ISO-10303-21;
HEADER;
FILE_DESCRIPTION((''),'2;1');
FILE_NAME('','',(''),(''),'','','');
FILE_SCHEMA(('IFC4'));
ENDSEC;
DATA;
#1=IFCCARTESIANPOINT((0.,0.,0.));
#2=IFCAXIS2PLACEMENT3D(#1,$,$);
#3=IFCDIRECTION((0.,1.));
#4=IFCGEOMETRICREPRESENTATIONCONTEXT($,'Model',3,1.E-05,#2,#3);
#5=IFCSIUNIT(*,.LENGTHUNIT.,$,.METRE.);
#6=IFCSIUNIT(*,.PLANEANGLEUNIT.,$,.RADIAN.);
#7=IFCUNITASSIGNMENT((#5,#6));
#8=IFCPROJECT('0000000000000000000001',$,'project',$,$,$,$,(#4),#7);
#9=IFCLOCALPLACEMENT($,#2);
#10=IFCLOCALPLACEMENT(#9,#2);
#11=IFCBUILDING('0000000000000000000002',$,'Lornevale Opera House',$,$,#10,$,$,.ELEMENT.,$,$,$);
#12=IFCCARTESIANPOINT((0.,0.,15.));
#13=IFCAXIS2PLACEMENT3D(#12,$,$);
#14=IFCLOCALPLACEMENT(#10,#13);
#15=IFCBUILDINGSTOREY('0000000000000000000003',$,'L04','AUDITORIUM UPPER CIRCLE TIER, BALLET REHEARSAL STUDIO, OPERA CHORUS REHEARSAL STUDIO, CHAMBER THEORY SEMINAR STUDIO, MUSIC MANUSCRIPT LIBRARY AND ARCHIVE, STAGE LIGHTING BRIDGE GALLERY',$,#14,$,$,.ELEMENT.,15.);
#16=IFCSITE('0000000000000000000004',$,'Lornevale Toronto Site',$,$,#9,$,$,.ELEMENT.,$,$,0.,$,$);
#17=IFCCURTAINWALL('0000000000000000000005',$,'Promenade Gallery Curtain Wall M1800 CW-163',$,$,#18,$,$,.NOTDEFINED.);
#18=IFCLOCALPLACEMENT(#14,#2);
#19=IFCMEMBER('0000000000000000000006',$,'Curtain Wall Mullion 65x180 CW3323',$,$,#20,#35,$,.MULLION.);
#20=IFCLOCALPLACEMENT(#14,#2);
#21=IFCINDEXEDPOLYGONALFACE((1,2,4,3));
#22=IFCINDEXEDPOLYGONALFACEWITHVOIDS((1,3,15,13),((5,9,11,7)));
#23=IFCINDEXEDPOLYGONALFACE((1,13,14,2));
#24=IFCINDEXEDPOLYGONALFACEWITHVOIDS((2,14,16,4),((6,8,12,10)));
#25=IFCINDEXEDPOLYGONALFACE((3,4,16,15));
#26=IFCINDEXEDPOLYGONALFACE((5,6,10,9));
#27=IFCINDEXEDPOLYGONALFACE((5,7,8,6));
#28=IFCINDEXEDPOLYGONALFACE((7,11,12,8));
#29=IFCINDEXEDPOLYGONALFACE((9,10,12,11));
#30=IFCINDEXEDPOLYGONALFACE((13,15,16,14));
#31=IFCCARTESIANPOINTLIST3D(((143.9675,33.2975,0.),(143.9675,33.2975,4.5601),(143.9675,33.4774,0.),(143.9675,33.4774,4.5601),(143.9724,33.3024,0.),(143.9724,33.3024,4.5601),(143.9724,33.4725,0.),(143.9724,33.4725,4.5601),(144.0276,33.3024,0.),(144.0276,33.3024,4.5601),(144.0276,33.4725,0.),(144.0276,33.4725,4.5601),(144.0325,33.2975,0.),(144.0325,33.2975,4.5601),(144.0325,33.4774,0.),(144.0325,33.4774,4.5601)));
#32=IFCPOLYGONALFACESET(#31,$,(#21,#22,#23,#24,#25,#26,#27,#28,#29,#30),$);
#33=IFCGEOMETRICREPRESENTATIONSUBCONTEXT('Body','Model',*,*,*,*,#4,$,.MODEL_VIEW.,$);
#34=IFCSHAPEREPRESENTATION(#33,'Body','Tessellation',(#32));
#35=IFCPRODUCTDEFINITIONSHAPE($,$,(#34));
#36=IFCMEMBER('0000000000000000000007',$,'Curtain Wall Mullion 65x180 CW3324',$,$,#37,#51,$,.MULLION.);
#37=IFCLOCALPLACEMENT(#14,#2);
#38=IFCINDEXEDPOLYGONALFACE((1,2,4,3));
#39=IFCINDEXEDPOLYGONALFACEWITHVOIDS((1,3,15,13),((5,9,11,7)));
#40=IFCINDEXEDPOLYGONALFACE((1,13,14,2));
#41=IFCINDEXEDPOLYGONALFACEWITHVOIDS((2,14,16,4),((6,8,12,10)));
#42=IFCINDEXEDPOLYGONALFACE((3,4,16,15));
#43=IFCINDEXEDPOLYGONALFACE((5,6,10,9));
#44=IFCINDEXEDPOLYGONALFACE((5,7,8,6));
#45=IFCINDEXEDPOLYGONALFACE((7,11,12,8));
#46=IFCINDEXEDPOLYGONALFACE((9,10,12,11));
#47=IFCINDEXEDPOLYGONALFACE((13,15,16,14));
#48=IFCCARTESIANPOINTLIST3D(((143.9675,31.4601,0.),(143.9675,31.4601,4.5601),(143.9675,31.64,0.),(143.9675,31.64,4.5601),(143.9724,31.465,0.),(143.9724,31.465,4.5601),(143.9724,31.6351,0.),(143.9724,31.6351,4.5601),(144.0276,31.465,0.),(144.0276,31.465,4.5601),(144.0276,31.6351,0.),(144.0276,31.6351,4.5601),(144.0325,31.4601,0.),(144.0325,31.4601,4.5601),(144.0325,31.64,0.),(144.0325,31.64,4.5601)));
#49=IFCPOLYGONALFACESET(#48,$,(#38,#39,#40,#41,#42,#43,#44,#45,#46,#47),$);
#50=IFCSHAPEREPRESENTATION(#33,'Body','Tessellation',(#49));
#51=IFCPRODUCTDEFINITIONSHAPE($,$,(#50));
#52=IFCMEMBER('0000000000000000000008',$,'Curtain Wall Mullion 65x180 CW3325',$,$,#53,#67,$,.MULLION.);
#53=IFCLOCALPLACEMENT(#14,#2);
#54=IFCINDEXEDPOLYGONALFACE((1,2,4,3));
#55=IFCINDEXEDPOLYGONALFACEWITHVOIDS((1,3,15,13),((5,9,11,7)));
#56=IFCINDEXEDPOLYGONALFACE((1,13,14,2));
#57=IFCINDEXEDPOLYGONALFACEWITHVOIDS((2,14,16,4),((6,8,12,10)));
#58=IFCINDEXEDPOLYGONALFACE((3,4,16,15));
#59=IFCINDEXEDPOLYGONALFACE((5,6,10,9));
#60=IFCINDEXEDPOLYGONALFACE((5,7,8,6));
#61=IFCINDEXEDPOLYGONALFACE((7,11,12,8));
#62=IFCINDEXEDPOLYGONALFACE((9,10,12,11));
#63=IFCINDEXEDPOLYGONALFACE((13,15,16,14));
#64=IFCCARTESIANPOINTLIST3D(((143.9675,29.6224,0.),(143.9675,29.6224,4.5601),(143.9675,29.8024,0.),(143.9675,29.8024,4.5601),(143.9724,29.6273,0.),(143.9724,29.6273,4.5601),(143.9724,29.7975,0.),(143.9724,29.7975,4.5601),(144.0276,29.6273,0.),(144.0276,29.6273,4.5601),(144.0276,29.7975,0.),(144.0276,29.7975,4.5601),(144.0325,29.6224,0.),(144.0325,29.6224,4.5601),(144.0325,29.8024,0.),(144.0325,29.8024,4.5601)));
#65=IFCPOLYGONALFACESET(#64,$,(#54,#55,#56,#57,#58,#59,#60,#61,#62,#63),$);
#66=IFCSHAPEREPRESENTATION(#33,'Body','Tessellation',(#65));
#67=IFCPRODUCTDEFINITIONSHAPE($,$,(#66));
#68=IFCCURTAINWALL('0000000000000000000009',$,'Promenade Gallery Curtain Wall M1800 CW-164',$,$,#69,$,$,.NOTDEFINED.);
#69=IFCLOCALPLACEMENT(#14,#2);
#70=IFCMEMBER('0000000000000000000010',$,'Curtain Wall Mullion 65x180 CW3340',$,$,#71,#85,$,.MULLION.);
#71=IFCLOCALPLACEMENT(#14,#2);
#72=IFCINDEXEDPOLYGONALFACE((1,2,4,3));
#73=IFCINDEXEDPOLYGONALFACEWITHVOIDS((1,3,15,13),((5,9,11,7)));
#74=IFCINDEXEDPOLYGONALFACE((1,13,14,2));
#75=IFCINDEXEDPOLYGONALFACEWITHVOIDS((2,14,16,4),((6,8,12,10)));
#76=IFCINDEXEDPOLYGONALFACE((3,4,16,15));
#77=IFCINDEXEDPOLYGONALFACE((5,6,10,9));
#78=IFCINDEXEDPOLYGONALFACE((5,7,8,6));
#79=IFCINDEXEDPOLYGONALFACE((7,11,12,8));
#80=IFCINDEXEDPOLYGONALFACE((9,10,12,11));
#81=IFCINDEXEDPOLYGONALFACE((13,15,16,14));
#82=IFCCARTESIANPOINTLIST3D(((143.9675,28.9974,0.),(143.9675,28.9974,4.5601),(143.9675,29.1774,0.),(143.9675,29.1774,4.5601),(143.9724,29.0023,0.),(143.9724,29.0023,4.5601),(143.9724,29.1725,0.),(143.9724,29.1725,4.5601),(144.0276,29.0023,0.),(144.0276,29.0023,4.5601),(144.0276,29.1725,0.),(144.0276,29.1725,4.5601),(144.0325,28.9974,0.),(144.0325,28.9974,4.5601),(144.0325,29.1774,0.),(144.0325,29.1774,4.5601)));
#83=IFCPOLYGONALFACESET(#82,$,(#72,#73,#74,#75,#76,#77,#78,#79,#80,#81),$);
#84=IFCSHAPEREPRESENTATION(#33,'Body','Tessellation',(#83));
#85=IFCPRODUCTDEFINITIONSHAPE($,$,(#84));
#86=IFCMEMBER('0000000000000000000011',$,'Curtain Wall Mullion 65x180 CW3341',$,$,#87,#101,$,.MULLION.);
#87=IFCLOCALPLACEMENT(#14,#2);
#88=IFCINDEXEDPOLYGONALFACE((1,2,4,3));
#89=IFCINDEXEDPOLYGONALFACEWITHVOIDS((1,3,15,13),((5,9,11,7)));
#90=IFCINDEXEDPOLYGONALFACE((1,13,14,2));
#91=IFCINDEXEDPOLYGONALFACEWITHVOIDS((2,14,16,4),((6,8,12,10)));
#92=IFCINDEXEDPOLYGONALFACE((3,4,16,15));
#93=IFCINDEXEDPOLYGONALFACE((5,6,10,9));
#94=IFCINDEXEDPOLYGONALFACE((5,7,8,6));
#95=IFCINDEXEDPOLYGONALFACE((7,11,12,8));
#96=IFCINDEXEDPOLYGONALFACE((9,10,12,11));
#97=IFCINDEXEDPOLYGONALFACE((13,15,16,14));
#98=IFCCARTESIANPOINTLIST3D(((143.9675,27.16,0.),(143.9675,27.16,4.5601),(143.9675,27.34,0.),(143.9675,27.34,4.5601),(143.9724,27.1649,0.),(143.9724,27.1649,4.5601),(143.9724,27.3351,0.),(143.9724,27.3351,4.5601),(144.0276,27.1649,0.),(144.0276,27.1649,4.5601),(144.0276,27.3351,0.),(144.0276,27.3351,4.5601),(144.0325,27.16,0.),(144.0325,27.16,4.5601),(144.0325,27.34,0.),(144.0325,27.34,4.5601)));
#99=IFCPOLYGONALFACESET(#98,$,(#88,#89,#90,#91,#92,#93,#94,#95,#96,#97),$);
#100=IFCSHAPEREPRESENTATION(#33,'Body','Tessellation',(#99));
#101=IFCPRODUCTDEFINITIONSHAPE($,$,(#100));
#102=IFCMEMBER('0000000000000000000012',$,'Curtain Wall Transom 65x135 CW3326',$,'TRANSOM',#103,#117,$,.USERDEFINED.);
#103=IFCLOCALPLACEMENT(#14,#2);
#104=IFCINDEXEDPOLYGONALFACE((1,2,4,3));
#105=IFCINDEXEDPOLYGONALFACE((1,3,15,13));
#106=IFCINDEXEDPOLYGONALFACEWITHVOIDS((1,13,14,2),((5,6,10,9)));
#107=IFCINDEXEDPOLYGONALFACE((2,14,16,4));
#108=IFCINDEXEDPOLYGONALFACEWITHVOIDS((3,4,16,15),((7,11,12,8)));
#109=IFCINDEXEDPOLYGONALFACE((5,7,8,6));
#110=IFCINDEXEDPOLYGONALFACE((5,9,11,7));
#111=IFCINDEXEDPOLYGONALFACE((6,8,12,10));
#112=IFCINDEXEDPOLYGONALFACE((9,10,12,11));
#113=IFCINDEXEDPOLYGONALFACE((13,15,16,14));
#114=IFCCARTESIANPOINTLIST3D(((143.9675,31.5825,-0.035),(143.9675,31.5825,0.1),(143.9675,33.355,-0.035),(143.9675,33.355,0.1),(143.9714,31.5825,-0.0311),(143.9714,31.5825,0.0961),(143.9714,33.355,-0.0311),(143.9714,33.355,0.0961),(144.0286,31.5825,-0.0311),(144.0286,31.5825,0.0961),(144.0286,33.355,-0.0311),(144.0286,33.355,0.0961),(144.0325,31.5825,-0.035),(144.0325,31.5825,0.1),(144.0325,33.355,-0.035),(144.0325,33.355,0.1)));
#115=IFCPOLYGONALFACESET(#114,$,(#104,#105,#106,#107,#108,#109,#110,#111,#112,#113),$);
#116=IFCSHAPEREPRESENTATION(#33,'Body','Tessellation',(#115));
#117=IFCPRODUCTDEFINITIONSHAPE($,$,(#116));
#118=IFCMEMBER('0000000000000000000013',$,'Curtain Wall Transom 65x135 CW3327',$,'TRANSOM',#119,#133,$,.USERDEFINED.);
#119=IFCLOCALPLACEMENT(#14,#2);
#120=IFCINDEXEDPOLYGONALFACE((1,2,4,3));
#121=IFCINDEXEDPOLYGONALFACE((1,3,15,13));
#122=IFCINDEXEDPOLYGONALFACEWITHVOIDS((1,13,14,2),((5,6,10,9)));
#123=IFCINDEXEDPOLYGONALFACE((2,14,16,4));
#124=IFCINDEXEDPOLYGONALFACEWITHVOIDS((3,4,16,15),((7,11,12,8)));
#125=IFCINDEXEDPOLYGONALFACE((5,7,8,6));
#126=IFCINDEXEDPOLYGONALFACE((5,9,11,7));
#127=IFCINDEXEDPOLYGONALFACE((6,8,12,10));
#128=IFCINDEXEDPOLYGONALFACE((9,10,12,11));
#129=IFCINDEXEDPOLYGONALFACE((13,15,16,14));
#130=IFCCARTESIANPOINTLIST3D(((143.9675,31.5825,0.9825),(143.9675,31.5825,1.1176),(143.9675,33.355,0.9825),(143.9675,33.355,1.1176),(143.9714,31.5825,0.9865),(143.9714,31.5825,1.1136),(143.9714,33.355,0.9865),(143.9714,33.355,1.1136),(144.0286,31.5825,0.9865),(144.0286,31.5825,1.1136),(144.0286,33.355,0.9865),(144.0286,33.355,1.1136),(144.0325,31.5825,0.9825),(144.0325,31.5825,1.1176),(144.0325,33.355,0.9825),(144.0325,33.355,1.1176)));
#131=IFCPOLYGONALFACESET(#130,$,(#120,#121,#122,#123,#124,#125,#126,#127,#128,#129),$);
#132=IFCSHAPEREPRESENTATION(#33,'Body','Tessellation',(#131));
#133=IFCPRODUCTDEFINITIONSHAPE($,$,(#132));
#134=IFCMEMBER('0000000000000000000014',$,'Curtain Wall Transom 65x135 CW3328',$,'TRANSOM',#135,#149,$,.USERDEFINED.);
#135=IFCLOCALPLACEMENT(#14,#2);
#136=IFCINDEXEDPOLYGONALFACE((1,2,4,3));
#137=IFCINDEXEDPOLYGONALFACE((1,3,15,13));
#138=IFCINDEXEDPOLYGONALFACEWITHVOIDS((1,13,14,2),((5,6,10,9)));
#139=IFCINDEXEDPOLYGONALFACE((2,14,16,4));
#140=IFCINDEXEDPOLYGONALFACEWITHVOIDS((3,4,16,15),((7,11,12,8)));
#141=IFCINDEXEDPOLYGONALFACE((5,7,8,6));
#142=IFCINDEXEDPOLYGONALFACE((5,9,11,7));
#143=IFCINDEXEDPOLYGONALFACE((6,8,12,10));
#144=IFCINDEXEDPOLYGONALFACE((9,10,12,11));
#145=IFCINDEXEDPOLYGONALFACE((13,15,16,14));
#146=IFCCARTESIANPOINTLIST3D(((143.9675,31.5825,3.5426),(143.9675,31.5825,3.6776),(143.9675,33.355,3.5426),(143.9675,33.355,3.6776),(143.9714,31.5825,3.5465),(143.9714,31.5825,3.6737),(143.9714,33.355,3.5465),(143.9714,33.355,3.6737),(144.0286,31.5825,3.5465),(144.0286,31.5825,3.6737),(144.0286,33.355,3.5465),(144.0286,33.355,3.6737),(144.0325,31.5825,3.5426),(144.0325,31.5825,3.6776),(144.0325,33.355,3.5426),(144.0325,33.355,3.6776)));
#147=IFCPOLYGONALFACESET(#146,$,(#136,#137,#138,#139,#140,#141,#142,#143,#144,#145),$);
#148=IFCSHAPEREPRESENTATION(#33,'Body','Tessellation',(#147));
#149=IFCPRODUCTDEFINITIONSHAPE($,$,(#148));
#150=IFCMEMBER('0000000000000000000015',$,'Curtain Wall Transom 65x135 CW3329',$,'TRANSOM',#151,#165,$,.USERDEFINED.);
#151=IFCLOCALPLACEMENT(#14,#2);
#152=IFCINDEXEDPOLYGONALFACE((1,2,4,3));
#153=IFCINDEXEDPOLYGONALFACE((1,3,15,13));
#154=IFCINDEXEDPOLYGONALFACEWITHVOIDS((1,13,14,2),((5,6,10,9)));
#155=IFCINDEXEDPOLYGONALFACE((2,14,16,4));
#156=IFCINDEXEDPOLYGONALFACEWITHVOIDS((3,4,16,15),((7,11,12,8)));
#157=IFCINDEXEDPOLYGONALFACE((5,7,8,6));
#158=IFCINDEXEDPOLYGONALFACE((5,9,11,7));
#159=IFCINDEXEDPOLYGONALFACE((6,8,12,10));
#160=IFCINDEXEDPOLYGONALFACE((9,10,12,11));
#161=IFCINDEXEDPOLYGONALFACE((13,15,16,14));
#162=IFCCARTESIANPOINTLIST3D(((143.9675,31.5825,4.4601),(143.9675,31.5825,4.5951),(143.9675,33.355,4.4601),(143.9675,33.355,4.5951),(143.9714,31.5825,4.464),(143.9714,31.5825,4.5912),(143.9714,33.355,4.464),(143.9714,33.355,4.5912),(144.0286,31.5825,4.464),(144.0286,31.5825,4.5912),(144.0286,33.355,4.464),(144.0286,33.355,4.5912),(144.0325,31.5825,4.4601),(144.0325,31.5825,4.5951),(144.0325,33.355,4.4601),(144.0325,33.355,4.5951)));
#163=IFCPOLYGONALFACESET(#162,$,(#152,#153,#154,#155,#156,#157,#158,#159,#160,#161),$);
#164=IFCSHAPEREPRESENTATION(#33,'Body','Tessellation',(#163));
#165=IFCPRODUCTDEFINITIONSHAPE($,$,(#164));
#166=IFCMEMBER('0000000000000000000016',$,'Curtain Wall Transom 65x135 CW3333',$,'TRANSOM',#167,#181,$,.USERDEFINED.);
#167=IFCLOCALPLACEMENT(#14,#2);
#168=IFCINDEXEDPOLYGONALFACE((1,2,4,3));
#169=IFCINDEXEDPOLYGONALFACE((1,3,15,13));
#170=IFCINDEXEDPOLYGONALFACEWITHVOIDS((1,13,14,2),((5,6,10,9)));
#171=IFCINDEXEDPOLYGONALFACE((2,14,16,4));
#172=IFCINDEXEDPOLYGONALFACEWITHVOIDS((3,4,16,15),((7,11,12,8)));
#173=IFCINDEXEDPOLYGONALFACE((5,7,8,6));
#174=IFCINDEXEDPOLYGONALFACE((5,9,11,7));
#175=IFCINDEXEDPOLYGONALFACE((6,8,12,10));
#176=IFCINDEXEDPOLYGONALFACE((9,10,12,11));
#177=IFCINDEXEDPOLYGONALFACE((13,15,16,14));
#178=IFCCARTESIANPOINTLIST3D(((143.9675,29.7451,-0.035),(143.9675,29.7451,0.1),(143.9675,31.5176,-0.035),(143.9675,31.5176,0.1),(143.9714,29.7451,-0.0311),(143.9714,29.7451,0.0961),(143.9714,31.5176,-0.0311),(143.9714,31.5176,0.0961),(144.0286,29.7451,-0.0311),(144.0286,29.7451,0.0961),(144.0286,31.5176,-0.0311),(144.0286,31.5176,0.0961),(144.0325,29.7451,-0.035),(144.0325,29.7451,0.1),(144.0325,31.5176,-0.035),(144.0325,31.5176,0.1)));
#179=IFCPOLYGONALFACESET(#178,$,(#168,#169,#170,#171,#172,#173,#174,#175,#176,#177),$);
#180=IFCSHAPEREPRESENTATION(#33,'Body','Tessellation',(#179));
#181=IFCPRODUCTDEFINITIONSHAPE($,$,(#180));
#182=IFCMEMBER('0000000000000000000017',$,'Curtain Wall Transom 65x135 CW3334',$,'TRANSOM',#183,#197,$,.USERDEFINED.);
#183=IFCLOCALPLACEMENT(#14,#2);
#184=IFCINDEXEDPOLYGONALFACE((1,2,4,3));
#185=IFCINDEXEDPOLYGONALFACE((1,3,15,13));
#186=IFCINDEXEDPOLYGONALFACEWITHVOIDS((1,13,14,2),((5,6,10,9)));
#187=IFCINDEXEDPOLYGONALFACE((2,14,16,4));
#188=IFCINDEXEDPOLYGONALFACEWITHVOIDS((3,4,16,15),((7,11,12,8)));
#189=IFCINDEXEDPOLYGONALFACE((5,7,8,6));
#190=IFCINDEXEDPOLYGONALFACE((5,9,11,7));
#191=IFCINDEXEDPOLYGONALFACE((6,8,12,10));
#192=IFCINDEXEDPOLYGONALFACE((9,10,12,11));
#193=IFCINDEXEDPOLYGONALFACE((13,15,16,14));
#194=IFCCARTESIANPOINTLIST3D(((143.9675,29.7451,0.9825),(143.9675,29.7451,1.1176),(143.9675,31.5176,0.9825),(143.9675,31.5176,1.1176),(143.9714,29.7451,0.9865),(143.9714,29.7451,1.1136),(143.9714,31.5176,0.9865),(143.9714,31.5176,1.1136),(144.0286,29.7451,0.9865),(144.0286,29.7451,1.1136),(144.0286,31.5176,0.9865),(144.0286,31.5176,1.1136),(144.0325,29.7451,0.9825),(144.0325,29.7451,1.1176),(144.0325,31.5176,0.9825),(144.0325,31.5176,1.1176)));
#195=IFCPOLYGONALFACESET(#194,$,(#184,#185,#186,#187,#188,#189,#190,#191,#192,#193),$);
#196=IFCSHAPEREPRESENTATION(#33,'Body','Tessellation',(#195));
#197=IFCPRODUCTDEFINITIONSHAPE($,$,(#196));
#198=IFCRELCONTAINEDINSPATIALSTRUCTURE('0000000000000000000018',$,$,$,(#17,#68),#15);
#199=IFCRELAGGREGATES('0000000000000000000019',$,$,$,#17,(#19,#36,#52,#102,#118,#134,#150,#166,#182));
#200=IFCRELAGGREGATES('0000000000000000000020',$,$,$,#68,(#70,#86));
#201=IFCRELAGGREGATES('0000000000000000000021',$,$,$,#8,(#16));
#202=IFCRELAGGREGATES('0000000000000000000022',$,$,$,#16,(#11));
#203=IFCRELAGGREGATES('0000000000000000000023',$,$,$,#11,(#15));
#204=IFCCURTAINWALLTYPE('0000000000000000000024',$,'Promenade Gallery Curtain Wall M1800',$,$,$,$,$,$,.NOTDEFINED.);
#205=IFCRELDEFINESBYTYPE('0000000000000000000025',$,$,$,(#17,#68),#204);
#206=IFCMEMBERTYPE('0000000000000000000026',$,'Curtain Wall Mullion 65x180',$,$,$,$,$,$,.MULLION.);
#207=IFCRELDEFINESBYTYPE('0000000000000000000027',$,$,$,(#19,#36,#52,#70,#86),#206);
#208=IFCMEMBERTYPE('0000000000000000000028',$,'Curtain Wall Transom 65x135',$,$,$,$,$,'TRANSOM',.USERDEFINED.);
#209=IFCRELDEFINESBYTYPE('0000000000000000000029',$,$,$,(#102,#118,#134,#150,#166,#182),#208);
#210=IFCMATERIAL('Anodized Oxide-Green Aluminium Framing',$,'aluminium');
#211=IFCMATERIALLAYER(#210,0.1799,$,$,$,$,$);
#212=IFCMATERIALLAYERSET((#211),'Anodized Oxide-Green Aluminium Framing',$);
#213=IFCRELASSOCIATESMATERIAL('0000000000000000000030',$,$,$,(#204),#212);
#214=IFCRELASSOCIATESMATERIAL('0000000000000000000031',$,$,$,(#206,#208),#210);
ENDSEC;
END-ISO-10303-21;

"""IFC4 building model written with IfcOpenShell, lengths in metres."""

from ifc_helpers import new_model, si_unit, direction, frame, origin, origin_2d, place, context, subcontext, project, spatial, hollow_rectangle, extrude, material, layer, layer_set, material_profile, profile_set, type_object, element, aggregate, save


model = new_model("IFC4")

# Units and contexts
model_context = context("Model", 3, precision=1e-05, world=origin(), true_north=direction((0.0, 1.0)))
body_context = subcontext(model_context, "Body", "Model", "MODEL_VIEW")
ifc_project = project(units=[si_unit("LENGTHUNIT", "METRE"), si_unit("PLANEANGLEUNIT", "RADIAN")], contexts=[model_context])

# Site, building, storey
site_placement = place(None, origin())
site = spatial("IfcSite", under=ifc_project, at=site_placement, Name="Lornevale Toronto Site", CompositionType="ELEMENT", RefElevation=0.0)
building_placement = place(site_placement, origin())
building = spatial("IfcBuilding", under=site, at=building_placement, Name="Lornevale Opera House", CompositionType="ELEMENT")
storey_placement = place(building_placement, frame((0.0, 0.0, 15.0)))
storey = spatial("IfcBuildingStorey", under=building, at=storey_placement, Name="L04", Description="AUDITORIUM UPPER CIRCLE TIER, BALLET REHEARSAL STUDIO, OPERA CHORUS REHEARSAL STUDIO, CHAMBER THEORY SEMINAR STUDIO, MUSIC MANUSCRIPT LIBRARY AND ARCHIVE, STAGE LIGHTING BRIDGE GALLERY", CompositionType="ELEMENT", Elevation=15.0)

# Curtain walls, members
ifc_material_1 = material(Name="Anodized Oxide-Green Aluminium Framing", Category="aluminium")
ifc_layer_1 = layer(ifc_material_1, 0.1799)
ifc_layer_set_1 = layer_set([ifc_layer_1], Name="Anodized Oxide-Green Aluminium Framing")
curtain_wall_type = type_object("IfcCurtainWallType", Name="Promenade Gallery Curtain Wall M1800", PredefinedType="NOTDEFINED", material=ifc_layer_set_1)
curtain_wall_1_placement = place(storey_placement, origin())
curtain_wall_1 = element("IfcCurtainWall", 1, at=curtain_wall_1_placement, inside=storey, type_object=curtain_wall_type, Name="Promenade Gallery Curtain Wall M1800 CW-163", PredefinedType="NOTDEFINED")
ifc_material_profile_1 = material_profile(ifc_material_1, hollow_rectangle(XDim=0.0649, YDim=0.1799, WallThickness=0.0049, at=origin_2d()), Name="ALU65x180x5")
ifc_profile_set_1 = profile_set([ifc_material_profile_1], Name="Anodized Oxide-Green Aluminium Framing")
member_type_1 = type_object("IfcMemberType", Name="Curtain Wall Mullion 65x180", PredefinedType="MULLION", material=ifc_profile_set_1)
member_1_placement = place(storey_placement, frame((144.0, 33.3875, 0.0), z_axis=(0.0, 0.0, 1.0), x_axis=(1.0, 0.0, 0.0)))
member_1 = element("IfcMember", 2, at=member_1_placement, type_object=member_type_1, Name="Curtain Wall Mullion 65x180 CW3323", PredefinedType="MULLION", context=body_context, shape_type="SweptSolid", body=[
    extrude(hollow_rectangle(XDim=0.0649, YDim=0.1799, WallThickness=0.0049, at=origin_2d()), origin(), (0.0, 0.0, 1.0), 4.5601),
])
member_2_placement = place(storey_placement, frame((144.0, 31.55, 0.0), z_axis=(0.0, 0.0, 1.0), x_axis=(1.0, 0.0, 0.0)))
member_2 = element("IfcMember", 3, at=member_2_placement, type_object=member_type_1, Name="Curtain Wall Mullion 65x180 CW3324", PredefinedType="MULLION", context=body_context, shape_type="SweptSolid", body=[
    extrude(hollow_rectangle(XDim=0.0649, YDim=0.1799, WallThickness=0.0049, at=origin_2d()), origin(), (0.0, 0.0, 1.0), 4.5601),
])
member_3_placement = place(storey_placement, frame((144.0, 29.7124, 0.0), z_axis=(0.0, 0.0, 1.0), x_axis=(1.0, 0.0, 0.0)))
member_3 = element("IfcMember", 4, at=member_3_placement, type_object=member_type_1, Name="Curtain Wall Mullion 65x180 CW3325", PredefinedType="MULLION", context=body_context, shape_type="SweptSolid", body=[
    extrude(hollow_rectangle(XDim=0.0649, YDim=0.1799, WallThickness=0.0049, at=origin_2d()), origin(), (0.0, 0.0, 1.0), 4.5601),
])
curtain_wall_2_placement = place(storey_placement, origin())
curtain_wall_2 = element("IfcCurtainWall", 5, at=curtain_wall_2_placement, inside=storey, type_object=curtain_wall_type, Name="Promenade Gallery Curtain Wall M1800 CW-164", PredefinedType="NOTDEFINED")
member_4_placement = place(storey_placement, frame((144.0, 29.0874, 0.0), z_axis=(0.0, 0.0, 1.0), x_axis=(1.0, 0.0, 0.0)))
member_4 = element("IfcMember", 6, at=member_4_placement, type_object=member_type_1, Name="Curtain Wall Mullion 65x180 CW3340", PredefinedType="MULLION", context=body_context, shape_type="SweptSolid", body=[
    extrude(hollow_rectangle(XDim=0.0649, YDim=0.1799, WallThickness=0.0049, at=origin_2d()), origin(), (0.0, 0.0, 1.0), 4.5601),
])
member_5_placement = place(storey_placement, frame((144.0, 27.25, 0.0), z_axis=(0.0, 0.0, 1.0), x_axis=(1.0, 0.0, 0.0)))
member_5 = element("IfcMember", 7, at=member_5_placement, type_object=member_type_1, Name="Curtain Wall Mullion 65x180 CW3341", PredefinedType="MULLION", context=body_context, shape_type="SweptSolid", body=[
    extrude(hollow_rectangle(XDim=0.0649, YDim=0.1799, WallThickness=0.0049, at=origin_2d()), origin(), (0.0, 0.0, 1.0), 4.5601),
])

# Members
ifc_material_profile_2 = material_profile(ifc_material_1, hollow_rectangle(XDim=0.0649, YDim=0.135, WallThickness=0.0039, at=origin_2d()), Name="ALU65x135x4")
ifc_profile_set_2 = profile_set([ifc_material_profile_2], Name="Anodized Oxide-Green Aluminium Framing")
member_type_2 = type_object("IfcMemberType", Name="Curtain Wall Transom 65x135", ElementType="TRANSOM", PredefinedType="USERDEFINED", material=ifc_profile_set_2)
member_6_placement = place(storey_placement, frame((144.0, 33.355, 0.0325), z_axis=(0.0, -1.0, 0.0), x_axis=(1.0, 0.0, 0.0)))
member_6 = element("IfcMember", 8, at=member_6_placement, type_object=member_type_2, Name="Curtain Wall Transom 65x135 CW3326", ObjectType="TRANSOM", PredefinedType="USERDEFINED", context=body_context, shape_type="SweptSolid", body=[
    extrude(hollow_rectangle(XDim=0.0649, YDim=0.135, WallThickness=0.0039, at=origin_2d()), origin(), (0.0, 0.0, 1.0), 1.7725),
])
member_7_placement = place(storey_placement, frame((144.0, 33.355, 1.05), z_axis=(0.0, -1.0, 0.0), x_axis=(1.0, 0.0, 0.0)))
member_7 = element("IfcMember", 9, at=member_7_placement, type_object=member_type_2, Name="Curtain Wall Transom 65x135 CW3327", ObjectType="TRANSOM", PredefinedType="USERDEFINED", context=body_context, shape_type="SweptSolid", body=[
    extrude(hollow_rectangle(XDim=0.0649, YDim=0.135, WallThickness=0.0039, at=origin_2d()), origin(), (0.0, 0.0, 1.0), 1.7725),
])
member_8_placement = place(storey_placement, frame((144.0, 33.355, 3.6101), z_axis=(0.0, -1.0, 0.0), x_axis=(1.0, 0.0, 0.0)))
member_8 = element("IfcMember", 10, at=member_8_placement, type_object=member_type_2, Name="Curtain Wall Transom 65x135 CW3328", ObjectType="TRANSOM", PredefinedType="USERDEFINED", context=body_context, shape_type="SweptSolid", body=[
    extrude(hollow_rectangle(XDim=0.0649, YDim=0.135, WallThickness=0.0039, at=origin_2d()), origin(), (0.0, 0.0, 1.0), 1.7725),
])
member_9_placement = place(storey_placement, frame((144.0, 33.355, 4.5276), z_axis=(0.0, -1.0, 0.0), x_axis=(1.0, 0.0, 0.0)))
member_9 = element("IfcMember", 11, at=member_9_placement, type_object=member_type_2, Name="Curtain Wall Transom 65x135 CW3329", ObjectType="TRANSOM", PredefinedType="USERDEFINED", context=body_context, shape_type="SweptSolid", body=[
    extrude(hollow_rectangle(XDim=0.0649, YDim=0.135, WallThickness=0.0039, at=origin_2d()), origin(), (0.0, 0.0, 1.0), 1.7725),
])
member_10_placement = place(storey_placement, frame((144.0, 31.5176, 0.0325), z_axis=(0.0, -1.0, 0.0), x_axis=(1.0, 0.0, 0.0)))
member_10 = element("IfcMember", 12, at=member_10_placement, type_object=member_type_2, Name="Curtain Wall Transom 65x135 CW3333", ObjectType="TRANSOM", PredefinedType="USERDEFINED", context=body_context, shape_type="SweptSolid", body=[
    extrude(hollow_rectangle(XDim=0.0649, YDim=0.135, WallThickness=0.0039, at=origin_2d()), origin(), (0.0, 0.0, 1.0), 1.7725),
])
member_11_placement = place(storey_placement, frame((144.0, 31.5176, 1.05), z_axis=(0.0, -1.0, 0.0), x_axis=(1.0, 0.0, 0.0)))
member_11 = element("IfcMember", 13, at=member_11_placement, type_object=member_type_2, Name="Curtain Wall Transom 65x135 CW3334", ObjectType="TRANSOM", PredefinedType="USERDEFINED", context=body_context, shape_type="SweptSolid", body=[
    extrude(hollow_rectangle(XDim=0.0649, YDim=0.135, WallThickness=0.0039, at=origin_2d()), origin(), (0.0, 0.0, 1.0), 1.7725),
])

aggregate(curtain_wall_1, [member_1, member_2, member_3, member_6, member_7, member_8, member_9, member_10, member_11])
aggregate(curtain_wall_2, [member_4, member_5])

save(model, "model.ifc")
